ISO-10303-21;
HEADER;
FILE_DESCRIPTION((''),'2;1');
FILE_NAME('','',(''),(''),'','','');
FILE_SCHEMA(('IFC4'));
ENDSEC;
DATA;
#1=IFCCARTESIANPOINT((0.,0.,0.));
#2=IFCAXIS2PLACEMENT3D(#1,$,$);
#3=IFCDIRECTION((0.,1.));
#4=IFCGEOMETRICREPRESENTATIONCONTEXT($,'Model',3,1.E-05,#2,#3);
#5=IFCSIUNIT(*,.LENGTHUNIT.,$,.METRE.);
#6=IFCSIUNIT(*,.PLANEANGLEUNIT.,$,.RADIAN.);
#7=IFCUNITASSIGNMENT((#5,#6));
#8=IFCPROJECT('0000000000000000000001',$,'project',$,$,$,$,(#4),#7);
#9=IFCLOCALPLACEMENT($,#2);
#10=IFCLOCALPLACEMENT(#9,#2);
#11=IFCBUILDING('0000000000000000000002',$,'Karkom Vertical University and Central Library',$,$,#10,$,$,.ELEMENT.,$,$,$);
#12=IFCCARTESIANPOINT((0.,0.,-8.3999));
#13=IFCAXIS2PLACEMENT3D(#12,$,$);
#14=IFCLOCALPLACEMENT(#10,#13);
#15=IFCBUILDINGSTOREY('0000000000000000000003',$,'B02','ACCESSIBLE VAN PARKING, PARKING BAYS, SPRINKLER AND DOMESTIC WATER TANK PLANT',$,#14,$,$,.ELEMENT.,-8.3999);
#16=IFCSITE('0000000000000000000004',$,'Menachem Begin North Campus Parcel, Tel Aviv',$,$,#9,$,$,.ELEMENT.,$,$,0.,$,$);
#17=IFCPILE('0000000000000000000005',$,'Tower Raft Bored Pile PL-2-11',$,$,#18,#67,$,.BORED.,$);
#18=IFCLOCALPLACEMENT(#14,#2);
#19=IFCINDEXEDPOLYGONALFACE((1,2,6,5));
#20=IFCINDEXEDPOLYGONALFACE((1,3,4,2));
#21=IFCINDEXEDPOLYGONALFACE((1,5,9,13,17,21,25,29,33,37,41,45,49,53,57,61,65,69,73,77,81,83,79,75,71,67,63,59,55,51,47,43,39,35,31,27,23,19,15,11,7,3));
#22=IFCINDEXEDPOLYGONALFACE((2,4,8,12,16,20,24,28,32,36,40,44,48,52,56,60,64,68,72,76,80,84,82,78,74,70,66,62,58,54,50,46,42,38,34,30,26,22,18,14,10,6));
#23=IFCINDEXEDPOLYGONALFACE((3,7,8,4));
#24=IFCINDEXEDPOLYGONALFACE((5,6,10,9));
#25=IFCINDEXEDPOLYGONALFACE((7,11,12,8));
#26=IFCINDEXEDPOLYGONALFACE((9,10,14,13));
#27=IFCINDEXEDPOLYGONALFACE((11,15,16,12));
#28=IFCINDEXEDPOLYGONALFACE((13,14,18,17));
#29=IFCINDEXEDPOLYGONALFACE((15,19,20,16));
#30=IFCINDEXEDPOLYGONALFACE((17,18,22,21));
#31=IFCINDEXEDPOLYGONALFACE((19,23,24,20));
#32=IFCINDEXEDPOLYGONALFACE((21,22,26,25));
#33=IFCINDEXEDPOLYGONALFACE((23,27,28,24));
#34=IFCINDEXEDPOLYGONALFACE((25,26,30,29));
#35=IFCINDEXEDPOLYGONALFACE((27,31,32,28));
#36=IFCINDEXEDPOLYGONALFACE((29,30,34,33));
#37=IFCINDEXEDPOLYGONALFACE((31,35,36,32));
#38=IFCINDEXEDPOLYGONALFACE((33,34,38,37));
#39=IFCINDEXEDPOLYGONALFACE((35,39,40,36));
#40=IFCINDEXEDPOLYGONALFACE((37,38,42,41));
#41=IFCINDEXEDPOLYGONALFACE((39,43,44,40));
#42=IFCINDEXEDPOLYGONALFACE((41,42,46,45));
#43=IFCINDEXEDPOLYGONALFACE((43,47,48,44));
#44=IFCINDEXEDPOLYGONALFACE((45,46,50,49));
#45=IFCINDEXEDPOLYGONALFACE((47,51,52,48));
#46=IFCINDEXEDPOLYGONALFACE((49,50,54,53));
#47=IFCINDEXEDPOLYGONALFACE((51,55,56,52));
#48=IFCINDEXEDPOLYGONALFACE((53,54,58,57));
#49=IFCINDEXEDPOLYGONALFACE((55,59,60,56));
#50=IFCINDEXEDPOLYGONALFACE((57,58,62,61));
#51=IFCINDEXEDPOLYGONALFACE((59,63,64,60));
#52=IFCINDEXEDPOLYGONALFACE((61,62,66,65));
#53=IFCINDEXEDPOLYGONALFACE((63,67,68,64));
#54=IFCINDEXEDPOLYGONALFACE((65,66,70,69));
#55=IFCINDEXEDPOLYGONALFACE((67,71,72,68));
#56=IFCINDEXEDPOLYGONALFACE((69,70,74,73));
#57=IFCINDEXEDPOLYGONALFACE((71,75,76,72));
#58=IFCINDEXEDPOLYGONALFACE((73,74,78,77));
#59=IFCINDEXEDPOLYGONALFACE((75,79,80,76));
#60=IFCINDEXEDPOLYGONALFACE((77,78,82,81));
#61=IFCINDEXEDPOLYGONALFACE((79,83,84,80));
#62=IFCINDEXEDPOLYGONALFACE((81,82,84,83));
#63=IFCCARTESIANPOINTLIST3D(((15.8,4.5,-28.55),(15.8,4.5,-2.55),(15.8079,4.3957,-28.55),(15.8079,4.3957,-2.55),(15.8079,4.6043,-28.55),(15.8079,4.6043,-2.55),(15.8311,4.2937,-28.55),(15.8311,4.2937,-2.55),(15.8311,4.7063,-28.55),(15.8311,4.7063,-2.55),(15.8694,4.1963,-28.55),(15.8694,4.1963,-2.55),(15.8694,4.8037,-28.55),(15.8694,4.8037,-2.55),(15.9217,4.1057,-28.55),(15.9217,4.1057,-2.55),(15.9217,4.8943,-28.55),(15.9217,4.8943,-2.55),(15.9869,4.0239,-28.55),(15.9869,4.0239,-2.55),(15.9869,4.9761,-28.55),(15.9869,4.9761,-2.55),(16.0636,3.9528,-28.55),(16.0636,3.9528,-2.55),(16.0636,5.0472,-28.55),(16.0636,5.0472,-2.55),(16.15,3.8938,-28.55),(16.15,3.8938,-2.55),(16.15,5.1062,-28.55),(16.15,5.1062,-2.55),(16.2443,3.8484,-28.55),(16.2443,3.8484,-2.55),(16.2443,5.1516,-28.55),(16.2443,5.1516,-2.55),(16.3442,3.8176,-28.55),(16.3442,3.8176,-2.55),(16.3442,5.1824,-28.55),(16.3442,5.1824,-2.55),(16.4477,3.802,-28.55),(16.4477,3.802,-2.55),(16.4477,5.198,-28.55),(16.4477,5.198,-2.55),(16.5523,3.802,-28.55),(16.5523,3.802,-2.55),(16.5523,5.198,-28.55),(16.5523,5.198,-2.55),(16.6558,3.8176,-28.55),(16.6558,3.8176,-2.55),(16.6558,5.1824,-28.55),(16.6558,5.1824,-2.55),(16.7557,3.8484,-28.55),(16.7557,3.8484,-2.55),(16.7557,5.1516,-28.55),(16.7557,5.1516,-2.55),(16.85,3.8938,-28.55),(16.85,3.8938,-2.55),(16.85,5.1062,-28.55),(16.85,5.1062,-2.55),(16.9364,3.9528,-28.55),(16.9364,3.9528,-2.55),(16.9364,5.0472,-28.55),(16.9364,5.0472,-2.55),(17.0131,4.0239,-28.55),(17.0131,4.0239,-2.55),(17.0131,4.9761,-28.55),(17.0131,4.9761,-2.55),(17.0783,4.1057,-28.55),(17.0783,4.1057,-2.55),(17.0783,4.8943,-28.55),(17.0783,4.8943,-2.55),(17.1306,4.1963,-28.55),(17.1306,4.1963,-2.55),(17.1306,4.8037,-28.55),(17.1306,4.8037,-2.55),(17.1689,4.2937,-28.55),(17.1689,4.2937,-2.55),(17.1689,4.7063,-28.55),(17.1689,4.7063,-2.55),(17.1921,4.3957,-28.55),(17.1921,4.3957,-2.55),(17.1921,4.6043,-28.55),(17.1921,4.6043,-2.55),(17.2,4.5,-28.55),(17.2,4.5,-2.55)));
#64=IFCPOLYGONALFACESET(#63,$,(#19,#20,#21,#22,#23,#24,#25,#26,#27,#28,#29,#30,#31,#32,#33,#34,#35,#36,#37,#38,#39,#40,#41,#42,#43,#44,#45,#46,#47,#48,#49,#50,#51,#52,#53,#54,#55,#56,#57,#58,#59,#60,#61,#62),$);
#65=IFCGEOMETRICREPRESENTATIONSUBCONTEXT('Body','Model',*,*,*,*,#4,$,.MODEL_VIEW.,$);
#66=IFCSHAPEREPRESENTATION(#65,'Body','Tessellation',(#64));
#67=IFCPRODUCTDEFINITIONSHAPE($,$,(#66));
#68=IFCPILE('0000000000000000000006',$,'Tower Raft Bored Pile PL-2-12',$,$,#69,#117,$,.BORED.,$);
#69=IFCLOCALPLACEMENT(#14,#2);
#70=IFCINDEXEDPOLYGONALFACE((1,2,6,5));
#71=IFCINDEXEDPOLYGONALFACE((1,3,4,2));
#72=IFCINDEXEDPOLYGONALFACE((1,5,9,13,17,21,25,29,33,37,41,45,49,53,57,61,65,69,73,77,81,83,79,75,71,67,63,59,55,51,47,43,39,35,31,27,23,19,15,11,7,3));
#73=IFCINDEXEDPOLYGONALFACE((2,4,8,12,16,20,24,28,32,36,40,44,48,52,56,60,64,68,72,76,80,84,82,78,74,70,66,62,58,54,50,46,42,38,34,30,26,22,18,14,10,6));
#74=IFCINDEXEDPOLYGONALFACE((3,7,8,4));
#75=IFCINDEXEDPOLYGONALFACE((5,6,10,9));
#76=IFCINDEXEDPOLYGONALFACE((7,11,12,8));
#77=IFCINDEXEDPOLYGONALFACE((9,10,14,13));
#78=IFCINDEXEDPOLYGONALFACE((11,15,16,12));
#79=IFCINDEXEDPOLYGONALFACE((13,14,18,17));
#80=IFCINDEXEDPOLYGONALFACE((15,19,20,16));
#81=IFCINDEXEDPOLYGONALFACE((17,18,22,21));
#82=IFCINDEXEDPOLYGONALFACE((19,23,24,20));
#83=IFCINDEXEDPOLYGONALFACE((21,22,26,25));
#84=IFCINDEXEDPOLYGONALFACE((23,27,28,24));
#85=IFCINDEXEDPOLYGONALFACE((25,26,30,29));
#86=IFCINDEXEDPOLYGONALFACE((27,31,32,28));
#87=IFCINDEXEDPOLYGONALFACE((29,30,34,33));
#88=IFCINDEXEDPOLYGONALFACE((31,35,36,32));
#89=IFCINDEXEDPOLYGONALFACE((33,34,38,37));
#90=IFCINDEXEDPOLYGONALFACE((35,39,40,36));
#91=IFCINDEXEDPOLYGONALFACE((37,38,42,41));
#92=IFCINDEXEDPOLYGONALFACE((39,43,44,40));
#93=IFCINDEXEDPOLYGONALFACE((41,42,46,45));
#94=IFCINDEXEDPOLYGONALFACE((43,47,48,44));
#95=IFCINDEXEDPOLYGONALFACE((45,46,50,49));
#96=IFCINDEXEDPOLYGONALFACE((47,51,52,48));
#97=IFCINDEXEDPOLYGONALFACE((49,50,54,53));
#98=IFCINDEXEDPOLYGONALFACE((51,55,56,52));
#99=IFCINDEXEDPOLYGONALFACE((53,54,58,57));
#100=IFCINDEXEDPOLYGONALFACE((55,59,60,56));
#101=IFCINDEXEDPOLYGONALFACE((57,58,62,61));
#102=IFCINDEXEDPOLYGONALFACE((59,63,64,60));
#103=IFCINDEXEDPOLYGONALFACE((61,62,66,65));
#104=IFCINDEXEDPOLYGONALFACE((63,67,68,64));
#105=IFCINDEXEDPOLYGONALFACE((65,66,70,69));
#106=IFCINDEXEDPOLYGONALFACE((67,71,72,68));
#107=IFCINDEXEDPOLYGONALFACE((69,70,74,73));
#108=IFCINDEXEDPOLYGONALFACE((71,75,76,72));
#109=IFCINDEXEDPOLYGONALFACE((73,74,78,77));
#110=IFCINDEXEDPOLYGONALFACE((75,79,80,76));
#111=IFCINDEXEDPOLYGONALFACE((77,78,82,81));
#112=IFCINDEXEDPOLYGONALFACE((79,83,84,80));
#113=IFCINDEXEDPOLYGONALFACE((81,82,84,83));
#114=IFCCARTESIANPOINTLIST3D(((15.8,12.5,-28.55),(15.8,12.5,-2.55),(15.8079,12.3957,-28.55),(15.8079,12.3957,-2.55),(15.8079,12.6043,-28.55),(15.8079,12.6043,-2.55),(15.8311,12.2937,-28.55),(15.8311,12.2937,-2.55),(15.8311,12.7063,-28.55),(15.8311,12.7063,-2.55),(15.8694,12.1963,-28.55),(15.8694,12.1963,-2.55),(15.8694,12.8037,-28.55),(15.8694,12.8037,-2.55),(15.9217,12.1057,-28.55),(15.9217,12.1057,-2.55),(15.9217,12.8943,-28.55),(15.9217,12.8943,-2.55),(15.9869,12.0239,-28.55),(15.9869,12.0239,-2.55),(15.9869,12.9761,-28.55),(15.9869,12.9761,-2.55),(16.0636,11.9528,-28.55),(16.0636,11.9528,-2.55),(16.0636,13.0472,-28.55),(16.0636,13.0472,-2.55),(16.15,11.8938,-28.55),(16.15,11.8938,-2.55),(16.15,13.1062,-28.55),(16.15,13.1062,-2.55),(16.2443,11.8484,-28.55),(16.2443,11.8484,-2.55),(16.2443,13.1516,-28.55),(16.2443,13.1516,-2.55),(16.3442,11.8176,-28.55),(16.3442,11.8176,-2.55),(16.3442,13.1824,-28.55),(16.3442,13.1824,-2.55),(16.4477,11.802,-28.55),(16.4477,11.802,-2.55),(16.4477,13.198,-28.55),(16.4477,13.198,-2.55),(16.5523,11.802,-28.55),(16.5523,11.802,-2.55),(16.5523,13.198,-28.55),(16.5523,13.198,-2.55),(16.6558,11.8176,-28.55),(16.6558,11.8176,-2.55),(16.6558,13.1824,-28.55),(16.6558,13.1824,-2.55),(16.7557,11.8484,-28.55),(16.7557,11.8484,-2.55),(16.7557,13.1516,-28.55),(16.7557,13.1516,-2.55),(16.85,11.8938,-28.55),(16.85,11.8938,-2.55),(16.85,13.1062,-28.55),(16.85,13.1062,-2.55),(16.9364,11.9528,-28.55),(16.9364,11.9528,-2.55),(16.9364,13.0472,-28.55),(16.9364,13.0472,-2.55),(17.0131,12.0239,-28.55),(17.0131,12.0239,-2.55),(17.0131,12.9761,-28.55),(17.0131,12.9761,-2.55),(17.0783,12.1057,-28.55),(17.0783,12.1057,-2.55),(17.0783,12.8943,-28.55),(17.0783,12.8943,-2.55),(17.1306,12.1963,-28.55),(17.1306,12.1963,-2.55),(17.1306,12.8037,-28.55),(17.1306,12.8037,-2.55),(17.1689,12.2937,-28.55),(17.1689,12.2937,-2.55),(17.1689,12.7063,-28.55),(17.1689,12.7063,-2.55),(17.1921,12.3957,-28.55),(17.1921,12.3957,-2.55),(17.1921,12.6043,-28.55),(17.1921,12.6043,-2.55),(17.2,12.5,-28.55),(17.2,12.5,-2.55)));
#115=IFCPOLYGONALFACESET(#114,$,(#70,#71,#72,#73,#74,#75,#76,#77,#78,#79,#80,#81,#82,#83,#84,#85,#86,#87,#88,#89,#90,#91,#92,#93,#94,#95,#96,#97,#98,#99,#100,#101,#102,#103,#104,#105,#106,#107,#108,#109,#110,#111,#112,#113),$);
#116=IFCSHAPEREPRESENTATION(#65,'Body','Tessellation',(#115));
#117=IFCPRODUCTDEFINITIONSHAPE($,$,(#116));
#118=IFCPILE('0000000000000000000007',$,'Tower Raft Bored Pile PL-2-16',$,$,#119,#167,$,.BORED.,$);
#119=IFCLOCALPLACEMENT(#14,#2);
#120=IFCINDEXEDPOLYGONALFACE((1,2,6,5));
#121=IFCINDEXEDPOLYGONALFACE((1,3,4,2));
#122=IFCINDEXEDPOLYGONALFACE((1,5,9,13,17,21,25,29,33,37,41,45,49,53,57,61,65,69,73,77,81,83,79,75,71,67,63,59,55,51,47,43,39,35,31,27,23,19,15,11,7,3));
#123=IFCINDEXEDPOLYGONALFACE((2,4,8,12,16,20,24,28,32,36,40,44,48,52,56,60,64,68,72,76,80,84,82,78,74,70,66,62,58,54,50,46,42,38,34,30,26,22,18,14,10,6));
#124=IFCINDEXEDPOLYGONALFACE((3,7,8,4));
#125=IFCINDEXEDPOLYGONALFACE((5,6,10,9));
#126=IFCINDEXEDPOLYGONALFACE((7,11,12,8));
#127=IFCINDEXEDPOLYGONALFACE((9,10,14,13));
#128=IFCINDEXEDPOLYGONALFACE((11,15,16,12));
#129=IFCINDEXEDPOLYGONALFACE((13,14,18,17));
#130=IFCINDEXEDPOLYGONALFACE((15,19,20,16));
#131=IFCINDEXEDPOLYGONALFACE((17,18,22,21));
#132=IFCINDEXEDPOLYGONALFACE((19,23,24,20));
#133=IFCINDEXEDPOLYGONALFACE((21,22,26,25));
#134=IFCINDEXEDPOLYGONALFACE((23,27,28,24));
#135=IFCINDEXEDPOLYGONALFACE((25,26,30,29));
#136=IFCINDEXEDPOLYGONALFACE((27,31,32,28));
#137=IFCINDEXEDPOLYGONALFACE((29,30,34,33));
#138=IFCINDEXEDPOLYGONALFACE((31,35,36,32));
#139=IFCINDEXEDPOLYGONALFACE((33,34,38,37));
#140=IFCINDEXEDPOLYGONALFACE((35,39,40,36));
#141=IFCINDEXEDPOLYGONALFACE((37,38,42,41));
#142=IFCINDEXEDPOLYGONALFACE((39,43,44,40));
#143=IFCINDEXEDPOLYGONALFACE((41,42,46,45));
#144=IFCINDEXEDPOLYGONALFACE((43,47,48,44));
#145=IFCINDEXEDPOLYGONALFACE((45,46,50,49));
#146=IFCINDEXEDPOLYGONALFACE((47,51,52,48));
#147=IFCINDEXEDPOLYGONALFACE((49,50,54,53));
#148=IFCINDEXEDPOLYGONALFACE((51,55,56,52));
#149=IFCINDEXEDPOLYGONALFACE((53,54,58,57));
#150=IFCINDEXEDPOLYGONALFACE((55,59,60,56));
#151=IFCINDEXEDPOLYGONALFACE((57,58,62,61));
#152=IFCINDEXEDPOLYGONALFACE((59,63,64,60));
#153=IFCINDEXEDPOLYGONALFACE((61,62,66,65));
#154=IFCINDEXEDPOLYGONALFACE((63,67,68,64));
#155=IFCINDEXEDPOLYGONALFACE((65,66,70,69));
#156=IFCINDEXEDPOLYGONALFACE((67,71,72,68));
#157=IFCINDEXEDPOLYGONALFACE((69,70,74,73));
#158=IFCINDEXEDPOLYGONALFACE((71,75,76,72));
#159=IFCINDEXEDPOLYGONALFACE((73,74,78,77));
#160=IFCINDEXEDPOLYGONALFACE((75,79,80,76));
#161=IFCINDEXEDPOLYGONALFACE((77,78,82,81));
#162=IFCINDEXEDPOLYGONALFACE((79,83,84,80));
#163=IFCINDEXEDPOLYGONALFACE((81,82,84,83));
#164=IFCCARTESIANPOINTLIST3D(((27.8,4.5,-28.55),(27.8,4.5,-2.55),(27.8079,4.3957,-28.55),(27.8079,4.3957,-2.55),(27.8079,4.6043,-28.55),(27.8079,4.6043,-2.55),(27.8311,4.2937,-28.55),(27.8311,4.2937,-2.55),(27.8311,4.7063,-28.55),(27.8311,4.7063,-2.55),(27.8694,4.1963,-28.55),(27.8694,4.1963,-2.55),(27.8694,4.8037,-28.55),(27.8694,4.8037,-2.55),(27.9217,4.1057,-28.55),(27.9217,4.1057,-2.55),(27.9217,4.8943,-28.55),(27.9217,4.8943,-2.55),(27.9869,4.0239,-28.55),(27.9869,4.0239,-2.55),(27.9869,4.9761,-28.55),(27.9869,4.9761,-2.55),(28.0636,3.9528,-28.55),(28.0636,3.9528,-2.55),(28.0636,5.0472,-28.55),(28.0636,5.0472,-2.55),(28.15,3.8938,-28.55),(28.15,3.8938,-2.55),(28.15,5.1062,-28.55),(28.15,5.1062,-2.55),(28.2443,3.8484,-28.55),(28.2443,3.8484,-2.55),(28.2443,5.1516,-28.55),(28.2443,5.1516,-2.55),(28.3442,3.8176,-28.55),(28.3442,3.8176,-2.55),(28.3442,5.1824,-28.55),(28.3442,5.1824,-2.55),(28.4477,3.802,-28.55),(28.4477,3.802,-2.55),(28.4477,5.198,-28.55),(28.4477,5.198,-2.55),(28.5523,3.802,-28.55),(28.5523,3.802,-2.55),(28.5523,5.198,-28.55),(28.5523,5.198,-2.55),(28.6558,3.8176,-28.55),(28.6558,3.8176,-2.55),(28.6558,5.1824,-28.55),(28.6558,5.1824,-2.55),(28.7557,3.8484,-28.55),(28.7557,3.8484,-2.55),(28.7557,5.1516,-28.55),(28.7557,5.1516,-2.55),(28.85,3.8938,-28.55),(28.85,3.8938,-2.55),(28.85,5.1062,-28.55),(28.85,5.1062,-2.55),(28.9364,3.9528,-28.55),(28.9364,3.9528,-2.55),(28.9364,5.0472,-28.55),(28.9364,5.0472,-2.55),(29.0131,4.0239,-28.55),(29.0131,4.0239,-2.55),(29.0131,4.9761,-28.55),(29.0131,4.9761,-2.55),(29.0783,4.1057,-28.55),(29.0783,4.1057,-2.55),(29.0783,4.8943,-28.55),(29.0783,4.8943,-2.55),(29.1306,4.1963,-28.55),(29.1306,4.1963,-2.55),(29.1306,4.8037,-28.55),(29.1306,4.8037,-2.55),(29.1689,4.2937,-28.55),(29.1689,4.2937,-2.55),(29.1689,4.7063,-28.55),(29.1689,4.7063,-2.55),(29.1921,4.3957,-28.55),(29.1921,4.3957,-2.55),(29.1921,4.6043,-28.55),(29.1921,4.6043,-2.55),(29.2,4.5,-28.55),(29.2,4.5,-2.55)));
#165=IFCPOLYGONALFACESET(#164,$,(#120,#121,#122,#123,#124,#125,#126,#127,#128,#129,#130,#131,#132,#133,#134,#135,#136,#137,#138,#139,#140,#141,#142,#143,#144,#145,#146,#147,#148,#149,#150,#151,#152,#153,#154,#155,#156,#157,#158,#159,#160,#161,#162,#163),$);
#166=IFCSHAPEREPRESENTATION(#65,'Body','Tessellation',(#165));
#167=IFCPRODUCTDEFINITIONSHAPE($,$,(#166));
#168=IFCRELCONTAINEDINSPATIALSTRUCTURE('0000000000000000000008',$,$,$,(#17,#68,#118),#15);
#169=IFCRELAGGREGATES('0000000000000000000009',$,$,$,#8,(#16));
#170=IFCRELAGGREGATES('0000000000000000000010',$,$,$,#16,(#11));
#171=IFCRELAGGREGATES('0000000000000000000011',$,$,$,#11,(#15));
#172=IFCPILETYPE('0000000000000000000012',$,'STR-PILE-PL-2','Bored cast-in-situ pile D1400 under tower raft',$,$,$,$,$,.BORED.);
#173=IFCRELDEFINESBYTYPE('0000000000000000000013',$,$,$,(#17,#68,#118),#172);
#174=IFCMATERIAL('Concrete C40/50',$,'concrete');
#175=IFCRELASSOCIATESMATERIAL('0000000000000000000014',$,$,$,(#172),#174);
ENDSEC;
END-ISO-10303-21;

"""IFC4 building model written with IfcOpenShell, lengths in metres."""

from ifc_helpers import new_model, si_unit, direction, frame, origin, origin_with_axes, origin_2d, place, context, subcontext, project, spatial, circle, extrude, source, transform, mapped, material, material_profile, profile_set, type_object, element, save


model = new_model("IFC4")

# Units and contexts
model_context = context("Model", 3, precision=1e-05, world=origin(), true_north=direction((0.0, 1.0)))
body_context = subcontext(model_context, "Body", "Model", "MODEL_VIEW")
ifc_project = project(units=[si_unit("LENGTHUNIT", "METRE"), si_unit("PLANEANGLEUNIT", "RADIAN")], contexts=[model_context])

# Site, building, storey
site_placement = place(None, origin())
site = spatial("IfcSite", under=ifc_project, at=site_placement, Name="Menachem Begin North Campus Parcel, Tel Aviv", CompositionType="ELEMENT", RefElevation=0.0)
building_placement = place(site_placement, origin())
building = spatial("IfcBuilding", under=site, at=building_placement, Name="Karkom Vertical University and Central Library", CompositionType="ELEMENT")
storey_placement = place(building_placement, frame((0.0, 0.0, -8.3999)))
storey = spatial("IfcBuildingStorey", under=building, at=storey_placement, Name="B02", Description="ACCESSIBLE VAN PARKING, PARKING BAYS, SPRINKLER AND DOMESTIC WATER TANK PLANT", CompositionType="ELEMENT", Elevation=-8.3999)

# Piles
ifc_material_1 = material(Name="Concrete C40/50", Category="concrete")
ifc_material_profile_1 = material_profile(ifc_material_1, circle(Radius=0.7, at=origin_2d()), Name="PILE-D1400")
ifc_profile_set_1 = profile_set([ifc_material_profile_1], Name="Concrete C40/50")
pile_type = type_object("IfcPileType", Name="STR-PILE-PL-2", Description="Bored cast-in-situ pile D1400 under tower raft", PredefinedType="BORED", material=ifc_profile_set_1)
shared_shape_1 = source(origin_with_axes(), body_context, "Body", "SweptSolid", [
    extrude(circle(Radius=0.7, at=origin_2d()), origin(), (0.0, 0.0, 1.0), 26.0),
])
for number, where, z_axis, x_axis, name in (
    (1, (16.5, 4.5, -2.55), (0.0, 0.0, -1.0), (1.0, 0.0, 0.0), "Tower Raft Bored Pile PL-2-11"),
    (2, (16.5, 12.5, -2.55), (0.0, 0.0, -1.0), (1.0, 0.0, 0.0), "Tower Raft Bored Pile PL-2-12"),
    (3, (28.5, 4.5, -2.55), (0.0, 0.0, -1.0), (1.0, 0.0, 0.0), "Tower Raft Bored Pile PL-2-16"),
):
    element("IfcPile", number, at=place(storey_placement, frame(where, z_axis=z_axis, x_axis=x_axis)), inside=storey, type_object=pile_type, Name=name, PredefinedType="BORED", context=body_context, shape_type="MappedRepresentation", body=[
        mapped(shared_shape_1, transform((0.0, 0.0, 0.0), scale=1.0)),
    ])

save(model, "model.ifc")
